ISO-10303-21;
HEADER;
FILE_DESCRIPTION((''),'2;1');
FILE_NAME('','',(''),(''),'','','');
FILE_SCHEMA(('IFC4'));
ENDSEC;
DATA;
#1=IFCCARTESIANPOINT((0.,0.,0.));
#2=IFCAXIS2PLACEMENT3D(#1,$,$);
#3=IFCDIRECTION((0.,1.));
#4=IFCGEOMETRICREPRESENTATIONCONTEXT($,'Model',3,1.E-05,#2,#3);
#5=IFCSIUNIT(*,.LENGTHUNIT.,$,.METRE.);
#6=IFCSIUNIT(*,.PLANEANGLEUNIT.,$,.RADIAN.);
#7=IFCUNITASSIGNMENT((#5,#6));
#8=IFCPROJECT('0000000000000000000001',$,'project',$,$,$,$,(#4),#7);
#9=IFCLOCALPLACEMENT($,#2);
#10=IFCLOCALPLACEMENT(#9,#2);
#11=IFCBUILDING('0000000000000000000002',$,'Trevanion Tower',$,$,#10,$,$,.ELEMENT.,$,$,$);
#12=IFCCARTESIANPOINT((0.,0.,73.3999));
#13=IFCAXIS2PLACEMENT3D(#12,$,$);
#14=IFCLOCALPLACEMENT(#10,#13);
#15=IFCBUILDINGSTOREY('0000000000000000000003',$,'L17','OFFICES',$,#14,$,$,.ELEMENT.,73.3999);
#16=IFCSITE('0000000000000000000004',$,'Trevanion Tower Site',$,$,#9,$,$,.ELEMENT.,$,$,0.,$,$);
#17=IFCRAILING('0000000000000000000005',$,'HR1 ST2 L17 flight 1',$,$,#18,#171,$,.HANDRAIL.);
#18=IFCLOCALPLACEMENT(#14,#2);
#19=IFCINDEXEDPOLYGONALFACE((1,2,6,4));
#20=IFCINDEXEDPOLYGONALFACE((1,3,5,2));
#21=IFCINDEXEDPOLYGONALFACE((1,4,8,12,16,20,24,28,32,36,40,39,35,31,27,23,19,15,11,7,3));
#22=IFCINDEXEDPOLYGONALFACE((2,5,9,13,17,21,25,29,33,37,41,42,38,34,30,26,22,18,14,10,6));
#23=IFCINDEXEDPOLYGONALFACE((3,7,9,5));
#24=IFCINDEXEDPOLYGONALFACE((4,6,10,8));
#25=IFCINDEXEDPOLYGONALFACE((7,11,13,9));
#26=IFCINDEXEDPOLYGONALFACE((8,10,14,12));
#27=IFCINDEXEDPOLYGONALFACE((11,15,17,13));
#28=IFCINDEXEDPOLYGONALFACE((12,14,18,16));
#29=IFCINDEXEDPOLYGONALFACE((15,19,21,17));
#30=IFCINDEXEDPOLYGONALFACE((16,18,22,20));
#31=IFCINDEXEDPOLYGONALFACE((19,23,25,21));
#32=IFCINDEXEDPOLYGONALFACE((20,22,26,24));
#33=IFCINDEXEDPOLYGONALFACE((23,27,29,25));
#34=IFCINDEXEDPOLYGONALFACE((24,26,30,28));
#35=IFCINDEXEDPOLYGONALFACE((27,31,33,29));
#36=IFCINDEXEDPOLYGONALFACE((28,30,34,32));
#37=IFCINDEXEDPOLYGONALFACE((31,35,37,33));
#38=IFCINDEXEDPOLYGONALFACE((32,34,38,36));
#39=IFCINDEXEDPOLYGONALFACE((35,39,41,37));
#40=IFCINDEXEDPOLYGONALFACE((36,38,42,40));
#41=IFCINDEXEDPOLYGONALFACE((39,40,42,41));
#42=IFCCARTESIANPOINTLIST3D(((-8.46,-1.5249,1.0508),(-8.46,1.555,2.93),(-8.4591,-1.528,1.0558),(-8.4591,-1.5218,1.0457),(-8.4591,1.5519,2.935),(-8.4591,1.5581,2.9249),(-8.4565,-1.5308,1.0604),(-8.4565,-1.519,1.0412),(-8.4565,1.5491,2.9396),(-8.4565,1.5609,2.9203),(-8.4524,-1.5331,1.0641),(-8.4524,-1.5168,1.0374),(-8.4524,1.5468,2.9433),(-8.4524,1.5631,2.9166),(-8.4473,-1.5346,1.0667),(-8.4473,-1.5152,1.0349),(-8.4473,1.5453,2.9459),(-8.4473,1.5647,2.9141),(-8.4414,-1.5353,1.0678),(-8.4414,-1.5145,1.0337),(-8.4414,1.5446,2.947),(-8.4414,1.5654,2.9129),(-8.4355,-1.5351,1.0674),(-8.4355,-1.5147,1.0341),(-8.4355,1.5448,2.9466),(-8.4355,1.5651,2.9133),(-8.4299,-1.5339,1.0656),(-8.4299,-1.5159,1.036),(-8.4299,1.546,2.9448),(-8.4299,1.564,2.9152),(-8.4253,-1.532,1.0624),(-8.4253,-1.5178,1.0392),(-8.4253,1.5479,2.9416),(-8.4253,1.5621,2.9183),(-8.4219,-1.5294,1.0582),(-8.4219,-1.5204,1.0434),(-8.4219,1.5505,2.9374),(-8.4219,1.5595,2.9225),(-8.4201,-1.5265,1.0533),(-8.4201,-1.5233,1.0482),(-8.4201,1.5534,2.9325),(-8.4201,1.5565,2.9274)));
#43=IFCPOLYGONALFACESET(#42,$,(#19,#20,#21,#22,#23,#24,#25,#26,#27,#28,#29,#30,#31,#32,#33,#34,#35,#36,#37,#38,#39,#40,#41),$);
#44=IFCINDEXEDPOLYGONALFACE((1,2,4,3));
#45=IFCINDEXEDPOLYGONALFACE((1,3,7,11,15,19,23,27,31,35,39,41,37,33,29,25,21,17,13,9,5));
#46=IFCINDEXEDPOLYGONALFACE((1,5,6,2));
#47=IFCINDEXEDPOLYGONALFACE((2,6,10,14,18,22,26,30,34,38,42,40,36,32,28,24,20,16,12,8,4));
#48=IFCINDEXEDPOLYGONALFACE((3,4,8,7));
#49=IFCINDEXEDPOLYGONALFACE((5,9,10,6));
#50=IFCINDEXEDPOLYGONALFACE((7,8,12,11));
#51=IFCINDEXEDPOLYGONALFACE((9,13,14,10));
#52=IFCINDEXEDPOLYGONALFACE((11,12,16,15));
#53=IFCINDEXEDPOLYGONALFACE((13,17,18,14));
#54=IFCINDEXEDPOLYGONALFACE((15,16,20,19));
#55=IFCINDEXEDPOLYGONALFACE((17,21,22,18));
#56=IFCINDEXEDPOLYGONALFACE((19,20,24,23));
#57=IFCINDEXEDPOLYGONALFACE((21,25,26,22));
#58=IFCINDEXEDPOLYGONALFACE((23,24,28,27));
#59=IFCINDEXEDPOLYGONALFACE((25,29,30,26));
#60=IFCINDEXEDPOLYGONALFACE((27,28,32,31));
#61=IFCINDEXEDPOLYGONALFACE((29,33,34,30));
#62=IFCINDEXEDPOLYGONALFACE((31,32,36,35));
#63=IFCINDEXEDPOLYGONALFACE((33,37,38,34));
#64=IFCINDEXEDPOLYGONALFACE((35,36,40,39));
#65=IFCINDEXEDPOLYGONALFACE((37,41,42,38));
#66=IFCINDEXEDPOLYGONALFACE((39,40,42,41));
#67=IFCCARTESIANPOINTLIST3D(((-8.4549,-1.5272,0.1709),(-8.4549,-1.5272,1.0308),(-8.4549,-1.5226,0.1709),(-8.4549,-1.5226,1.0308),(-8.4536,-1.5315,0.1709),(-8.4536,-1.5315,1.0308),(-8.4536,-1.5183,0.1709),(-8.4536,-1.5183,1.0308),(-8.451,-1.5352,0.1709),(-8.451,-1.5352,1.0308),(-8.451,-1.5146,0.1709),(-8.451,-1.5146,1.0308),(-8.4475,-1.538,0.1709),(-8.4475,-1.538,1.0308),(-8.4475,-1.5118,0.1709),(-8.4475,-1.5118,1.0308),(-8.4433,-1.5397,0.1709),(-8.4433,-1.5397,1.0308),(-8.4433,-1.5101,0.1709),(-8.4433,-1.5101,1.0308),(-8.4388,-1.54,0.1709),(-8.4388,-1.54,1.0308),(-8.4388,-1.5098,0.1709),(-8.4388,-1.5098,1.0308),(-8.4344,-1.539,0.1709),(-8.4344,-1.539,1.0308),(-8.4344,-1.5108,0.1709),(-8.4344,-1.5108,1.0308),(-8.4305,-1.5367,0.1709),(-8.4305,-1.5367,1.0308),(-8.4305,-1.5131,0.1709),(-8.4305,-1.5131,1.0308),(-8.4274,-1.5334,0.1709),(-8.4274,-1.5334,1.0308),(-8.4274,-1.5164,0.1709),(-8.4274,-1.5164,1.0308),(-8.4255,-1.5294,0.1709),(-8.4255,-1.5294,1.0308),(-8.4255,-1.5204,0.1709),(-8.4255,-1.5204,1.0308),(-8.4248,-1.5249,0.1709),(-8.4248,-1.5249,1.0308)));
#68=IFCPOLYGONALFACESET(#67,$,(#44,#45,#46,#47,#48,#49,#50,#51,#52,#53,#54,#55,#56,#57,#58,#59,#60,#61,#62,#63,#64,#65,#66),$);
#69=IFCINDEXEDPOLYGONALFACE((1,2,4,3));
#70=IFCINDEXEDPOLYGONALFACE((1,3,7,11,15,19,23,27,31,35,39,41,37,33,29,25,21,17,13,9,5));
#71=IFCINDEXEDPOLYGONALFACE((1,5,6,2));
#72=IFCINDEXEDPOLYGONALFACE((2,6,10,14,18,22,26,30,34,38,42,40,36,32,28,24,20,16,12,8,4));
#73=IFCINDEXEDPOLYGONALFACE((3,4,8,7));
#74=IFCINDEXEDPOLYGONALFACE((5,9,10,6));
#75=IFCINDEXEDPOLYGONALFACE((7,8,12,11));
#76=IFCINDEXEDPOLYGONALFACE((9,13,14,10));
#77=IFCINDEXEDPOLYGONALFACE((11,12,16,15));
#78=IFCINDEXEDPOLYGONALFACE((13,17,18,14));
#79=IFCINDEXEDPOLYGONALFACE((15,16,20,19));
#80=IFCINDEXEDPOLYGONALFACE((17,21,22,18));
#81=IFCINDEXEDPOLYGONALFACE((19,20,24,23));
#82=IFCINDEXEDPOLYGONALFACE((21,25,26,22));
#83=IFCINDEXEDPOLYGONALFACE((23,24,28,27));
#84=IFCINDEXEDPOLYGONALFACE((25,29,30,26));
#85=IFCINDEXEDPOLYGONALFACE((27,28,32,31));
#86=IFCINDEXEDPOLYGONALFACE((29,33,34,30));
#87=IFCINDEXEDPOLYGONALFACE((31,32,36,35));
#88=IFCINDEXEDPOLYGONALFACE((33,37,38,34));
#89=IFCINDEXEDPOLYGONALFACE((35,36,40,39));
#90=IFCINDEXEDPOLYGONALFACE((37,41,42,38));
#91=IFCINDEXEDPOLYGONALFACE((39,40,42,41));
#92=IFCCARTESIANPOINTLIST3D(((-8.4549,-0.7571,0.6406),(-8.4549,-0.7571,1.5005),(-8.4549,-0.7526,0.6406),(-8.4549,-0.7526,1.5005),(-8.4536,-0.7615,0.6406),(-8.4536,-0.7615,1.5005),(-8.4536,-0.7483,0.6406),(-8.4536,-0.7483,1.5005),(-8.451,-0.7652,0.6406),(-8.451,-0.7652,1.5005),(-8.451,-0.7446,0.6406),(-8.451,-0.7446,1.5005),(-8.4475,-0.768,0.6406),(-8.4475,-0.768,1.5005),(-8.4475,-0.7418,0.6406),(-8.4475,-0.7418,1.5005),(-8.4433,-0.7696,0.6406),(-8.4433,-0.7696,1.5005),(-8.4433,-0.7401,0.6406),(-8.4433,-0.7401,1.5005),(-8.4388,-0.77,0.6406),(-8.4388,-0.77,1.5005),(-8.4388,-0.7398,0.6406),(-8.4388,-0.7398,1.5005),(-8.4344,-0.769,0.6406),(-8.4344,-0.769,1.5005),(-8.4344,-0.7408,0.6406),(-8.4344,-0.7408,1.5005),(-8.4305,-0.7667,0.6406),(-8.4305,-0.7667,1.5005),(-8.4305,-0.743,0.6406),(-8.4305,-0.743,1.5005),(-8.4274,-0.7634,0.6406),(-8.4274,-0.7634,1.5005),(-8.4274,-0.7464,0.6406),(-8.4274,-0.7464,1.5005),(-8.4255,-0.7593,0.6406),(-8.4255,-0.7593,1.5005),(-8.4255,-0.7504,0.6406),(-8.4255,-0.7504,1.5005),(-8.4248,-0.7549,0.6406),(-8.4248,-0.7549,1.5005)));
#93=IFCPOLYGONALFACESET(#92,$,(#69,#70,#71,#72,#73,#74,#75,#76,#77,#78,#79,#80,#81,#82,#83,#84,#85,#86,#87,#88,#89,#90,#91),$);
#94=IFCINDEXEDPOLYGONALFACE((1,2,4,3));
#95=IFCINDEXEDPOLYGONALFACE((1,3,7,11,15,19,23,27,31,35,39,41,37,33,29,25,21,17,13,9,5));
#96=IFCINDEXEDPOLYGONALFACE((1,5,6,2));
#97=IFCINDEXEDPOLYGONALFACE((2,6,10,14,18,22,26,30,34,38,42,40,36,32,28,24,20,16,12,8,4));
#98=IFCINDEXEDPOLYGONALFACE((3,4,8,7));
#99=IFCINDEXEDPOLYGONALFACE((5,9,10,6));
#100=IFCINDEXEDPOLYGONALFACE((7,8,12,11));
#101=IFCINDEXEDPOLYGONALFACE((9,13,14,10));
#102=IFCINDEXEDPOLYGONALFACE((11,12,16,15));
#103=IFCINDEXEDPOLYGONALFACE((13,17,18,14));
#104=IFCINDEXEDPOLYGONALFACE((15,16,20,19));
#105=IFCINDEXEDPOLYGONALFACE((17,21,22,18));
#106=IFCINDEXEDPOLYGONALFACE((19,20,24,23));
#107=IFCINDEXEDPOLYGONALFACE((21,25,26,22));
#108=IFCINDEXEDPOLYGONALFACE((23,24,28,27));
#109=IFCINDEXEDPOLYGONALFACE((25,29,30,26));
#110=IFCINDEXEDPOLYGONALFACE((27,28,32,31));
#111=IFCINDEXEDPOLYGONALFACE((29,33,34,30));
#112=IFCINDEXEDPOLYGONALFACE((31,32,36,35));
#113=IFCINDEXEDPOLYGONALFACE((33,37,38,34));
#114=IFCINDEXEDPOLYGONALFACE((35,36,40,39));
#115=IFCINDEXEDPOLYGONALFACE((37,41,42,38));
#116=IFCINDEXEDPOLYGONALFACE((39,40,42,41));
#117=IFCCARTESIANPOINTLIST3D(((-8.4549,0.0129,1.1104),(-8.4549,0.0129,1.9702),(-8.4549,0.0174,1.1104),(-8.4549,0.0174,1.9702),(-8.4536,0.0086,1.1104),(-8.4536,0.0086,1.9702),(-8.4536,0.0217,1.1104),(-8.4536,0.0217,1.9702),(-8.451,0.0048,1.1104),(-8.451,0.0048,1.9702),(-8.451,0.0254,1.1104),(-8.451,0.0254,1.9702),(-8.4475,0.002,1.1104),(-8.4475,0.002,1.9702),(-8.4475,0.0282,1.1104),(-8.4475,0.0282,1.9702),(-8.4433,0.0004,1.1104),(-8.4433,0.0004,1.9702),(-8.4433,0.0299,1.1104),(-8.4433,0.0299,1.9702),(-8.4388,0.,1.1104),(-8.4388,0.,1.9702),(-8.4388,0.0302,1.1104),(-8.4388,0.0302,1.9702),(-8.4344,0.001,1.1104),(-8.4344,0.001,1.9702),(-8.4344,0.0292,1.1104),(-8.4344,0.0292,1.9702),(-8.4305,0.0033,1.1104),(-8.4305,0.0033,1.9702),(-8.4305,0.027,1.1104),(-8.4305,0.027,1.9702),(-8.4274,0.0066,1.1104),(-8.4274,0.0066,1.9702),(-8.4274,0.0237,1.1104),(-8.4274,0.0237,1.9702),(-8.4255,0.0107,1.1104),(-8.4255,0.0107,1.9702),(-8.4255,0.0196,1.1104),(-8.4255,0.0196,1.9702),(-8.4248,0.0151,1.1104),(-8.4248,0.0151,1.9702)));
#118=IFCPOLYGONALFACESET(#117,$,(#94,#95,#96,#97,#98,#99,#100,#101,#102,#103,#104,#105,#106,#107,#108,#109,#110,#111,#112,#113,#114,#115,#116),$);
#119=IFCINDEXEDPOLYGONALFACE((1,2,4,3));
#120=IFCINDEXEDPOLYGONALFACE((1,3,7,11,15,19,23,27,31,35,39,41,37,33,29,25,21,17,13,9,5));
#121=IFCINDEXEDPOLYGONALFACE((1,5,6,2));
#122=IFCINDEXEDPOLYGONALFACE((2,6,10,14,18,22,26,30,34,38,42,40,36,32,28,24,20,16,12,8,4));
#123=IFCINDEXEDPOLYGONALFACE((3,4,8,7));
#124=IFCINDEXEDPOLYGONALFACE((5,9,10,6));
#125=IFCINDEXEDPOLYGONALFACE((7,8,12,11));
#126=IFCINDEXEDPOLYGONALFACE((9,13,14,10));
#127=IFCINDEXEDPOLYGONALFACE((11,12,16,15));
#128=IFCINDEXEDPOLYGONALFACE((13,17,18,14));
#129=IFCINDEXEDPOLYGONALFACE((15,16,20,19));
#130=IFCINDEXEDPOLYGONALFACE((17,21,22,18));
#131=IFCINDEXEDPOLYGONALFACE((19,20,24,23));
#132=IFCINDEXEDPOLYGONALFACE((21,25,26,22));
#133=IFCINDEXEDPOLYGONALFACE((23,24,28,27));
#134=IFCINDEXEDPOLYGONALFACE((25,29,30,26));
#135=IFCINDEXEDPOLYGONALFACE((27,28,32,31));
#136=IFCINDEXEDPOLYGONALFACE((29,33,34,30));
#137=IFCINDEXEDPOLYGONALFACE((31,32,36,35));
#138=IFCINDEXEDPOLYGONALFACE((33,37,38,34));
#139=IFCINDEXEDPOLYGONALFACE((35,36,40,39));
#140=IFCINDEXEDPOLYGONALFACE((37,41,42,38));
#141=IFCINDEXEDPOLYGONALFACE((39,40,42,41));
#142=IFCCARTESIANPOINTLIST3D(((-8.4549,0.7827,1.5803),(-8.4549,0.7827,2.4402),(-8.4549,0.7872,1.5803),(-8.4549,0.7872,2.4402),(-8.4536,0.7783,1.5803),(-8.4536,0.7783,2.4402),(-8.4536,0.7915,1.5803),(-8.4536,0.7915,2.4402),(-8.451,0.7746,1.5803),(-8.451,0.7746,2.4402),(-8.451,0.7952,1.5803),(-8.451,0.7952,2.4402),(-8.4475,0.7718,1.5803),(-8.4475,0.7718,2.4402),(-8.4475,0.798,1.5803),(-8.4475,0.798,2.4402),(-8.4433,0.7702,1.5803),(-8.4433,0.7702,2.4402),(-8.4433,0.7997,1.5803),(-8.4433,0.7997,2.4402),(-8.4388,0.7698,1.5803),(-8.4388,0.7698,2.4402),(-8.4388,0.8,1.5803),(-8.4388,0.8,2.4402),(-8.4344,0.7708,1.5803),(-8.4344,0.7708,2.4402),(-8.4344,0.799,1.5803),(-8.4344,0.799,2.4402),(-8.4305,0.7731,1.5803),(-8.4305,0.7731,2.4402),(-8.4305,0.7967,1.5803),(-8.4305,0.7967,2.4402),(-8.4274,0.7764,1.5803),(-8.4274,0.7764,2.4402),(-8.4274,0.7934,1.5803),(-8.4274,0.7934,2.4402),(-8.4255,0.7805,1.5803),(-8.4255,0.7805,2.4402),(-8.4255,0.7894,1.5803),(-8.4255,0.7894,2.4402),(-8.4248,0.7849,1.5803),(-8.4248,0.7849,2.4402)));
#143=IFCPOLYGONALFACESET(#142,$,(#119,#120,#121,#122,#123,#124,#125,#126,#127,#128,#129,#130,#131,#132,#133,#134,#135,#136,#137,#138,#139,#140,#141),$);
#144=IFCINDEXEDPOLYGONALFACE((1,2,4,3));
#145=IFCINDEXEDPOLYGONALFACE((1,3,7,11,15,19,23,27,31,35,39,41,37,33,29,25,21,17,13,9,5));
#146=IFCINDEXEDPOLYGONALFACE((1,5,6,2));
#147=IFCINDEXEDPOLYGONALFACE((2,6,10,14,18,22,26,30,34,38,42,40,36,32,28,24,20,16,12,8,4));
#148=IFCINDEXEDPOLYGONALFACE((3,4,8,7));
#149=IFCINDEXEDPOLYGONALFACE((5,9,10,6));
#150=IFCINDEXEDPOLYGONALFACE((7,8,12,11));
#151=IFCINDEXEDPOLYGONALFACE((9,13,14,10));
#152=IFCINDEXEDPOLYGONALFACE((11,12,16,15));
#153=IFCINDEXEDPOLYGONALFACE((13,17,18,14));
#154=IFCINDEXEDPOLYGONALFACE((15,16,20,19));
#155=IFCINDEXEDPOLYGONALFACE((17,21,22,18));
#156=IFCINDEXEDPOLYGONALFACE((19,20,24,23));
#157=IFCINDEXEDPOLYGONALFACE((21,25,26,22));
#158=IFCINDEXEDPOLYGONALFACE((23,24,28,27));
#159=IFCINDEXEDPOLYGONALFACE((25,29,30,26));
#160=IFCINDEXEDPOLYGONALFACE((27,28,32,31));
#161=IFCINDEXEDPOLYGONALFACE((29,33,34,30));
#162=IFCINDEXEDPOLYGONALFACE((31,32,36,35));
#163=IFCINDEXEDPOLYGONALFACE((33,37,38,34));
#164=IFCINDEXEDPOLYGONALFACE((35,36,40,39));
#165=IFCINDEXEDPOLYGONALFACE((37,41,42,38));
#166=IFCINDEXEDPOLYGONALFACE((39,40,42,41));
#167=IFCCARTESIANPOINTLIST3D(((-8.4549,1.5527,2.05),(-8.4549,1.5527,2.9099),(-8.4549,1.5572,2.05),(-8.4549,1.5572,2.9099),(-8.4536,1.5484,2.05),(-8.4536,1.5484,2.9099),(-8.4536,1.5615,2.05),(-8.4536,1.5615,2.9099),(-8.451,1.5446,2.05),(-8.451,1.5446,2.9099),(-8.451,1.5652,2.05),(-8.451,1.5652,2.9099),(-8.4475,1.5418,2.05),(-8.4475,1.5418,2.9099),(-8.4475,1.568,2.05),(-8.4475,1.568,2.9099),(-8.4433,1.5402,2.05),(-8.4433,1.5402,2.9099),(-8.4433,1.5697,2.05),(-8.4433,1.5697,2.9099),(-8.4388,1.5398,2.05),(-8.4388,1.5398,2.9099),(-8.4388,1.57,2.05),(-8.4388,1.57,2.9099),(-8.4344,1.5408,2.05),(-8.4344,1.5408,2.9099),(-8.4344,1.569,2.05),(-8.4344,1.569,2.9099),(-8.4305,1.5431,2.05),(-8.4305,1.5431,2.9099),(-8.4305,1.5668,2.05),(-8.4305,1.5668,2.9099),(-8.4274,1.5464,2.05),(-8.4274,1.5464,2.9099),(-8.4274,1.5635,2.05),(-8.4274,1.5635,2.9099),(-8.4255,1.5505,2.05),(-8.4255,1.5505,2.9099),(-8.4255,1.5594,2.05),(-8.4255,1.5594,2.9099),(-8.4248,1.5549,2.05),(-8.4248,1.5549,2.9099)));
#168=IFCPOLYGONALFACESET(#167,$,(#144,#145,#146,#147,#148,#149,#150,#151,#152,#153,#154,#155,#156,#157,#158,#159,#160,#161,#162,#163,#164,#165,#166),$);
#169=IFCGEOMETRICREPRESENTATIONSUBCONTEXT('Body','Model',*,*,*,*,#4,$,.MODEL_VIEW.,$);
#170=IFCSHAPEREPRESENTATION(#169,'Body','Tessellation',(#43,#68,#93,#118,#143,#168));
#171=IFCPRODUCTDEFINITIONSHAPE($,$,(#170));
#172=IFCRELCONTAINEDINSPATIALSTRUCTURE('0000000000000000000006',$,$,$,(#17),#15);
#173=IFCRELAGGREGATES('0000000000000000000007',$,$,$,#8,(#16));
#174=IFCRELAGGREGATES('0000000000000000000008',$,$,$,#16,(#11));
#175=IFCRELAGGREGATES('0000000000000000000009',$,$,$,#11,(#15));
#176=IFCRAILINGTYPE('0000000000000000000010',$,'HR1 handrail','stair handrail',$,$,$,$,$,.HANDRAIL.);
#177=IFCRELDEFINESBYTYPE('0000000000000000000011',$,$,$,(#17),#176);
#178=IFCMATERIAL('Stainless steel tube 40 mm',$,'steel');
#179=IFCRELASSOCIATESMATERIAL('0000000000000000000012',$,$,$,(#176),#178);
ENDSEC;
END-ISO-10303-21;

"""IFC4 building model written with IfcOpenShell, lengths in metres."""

from ifc_helpers import new_model, si_unit, direction, frame, origin, origin_2d, place, context, subcontext, project, spatial, circle, extrude, material, type_object, element, save


model = new_model("IFC4")

# Units and contexts
model_context = context("Model", 3, precision=1e-05, world=origin(), true_north=direction((0.0, 1.0)))
body_context = subcontext(model_context, "Body", "Model", "MODEL_VIEW")
ifc_project = project(units=[si_unit("LENGTHUNIT", "METRE"), si_unit("PLANEANGLEUNIT", "RADIAN")], contexts=[model_context])

# Site, building, storey
site_placement = place(None, origin())
site = spatial("IfcSite", under=ifc_project, at=site_placement, Name="Trevanion Tower Site", CompositionType="ELEMENT", RefElevation=0.0)
building_placement = place(site_placement, origin())
building = spatial("IfcBuilding", under=site, at=building_placement, Name="Trevanion Tower", CompositionType="ELEMENT")
storey_placement = place(building_placement, frame((0.0, 0.0, 73.3999)))
storey = spatial("IfcBuildingStorey", under=building, at=storey_placement, Name="L17", Description="OFFICES", CompositionType="ELEMENT", Elevation=73.3999)

# Railing
ifc_material_1 = material(Name="Stainless steel tube 40 mm", Category="steel")
railing_type = type_object("IfcRailingType", Name="HR1 handrail", Description="stair handrail", PredefinedType="HANDRAIL", material=ifc_material_1)
for number, where, name in (
    (1, (-8.4399, -1.5249, 0.1709), "HR1 ST2 L17 flight 1"),
):
    element("IfcRailing", number, at=place(storey_placement, frame(where)), inside=storey, type_object=railing_type, Name=name, PredefinedType="HANDRAIL", context=body_context, shape_type="SweptSolid", body=[
        extrude(circle(Radius=0.02, at=origin_2d()), frame((0.0, 0.0, 0.8799), z_axis=(0.0, 0.853648, 0.52085), x_axis=(-1.0, 0.0, 0.0)), (0.0, 0.0, 1.0), 3.6079),
        extrude(circle(Radius=0.0151, at=origin_2d()), origin(), (0.0, 0.0, 1.0), 0.8599),
        extrude(circle(Radius=0.0151, at=origin_2d()), frame((0.0, 0.77, 0.4697)), (0.0, 0.0, 1.0), 0.8599),
        extrude(circle(Radius=0.0151, at=origin_2d()), frame((0.0, 1.54, 0.9395)), (0.0, 0.0, 1.0), 0.8599),
        extrude(circle(Radius=0.0151, at=origin_2d()), frame((0.0, 2.3098, 1.4094)), (0.0, 0.0, 1.0), 0.8599),
        extrude(circle(Radius=0.0151, at=origin_2d()), frame((0.0, 3.0798, 1.8792)), (0.0, 0.0, 1.0), 0.8599),
    ])

save(model, "model.ifc")
